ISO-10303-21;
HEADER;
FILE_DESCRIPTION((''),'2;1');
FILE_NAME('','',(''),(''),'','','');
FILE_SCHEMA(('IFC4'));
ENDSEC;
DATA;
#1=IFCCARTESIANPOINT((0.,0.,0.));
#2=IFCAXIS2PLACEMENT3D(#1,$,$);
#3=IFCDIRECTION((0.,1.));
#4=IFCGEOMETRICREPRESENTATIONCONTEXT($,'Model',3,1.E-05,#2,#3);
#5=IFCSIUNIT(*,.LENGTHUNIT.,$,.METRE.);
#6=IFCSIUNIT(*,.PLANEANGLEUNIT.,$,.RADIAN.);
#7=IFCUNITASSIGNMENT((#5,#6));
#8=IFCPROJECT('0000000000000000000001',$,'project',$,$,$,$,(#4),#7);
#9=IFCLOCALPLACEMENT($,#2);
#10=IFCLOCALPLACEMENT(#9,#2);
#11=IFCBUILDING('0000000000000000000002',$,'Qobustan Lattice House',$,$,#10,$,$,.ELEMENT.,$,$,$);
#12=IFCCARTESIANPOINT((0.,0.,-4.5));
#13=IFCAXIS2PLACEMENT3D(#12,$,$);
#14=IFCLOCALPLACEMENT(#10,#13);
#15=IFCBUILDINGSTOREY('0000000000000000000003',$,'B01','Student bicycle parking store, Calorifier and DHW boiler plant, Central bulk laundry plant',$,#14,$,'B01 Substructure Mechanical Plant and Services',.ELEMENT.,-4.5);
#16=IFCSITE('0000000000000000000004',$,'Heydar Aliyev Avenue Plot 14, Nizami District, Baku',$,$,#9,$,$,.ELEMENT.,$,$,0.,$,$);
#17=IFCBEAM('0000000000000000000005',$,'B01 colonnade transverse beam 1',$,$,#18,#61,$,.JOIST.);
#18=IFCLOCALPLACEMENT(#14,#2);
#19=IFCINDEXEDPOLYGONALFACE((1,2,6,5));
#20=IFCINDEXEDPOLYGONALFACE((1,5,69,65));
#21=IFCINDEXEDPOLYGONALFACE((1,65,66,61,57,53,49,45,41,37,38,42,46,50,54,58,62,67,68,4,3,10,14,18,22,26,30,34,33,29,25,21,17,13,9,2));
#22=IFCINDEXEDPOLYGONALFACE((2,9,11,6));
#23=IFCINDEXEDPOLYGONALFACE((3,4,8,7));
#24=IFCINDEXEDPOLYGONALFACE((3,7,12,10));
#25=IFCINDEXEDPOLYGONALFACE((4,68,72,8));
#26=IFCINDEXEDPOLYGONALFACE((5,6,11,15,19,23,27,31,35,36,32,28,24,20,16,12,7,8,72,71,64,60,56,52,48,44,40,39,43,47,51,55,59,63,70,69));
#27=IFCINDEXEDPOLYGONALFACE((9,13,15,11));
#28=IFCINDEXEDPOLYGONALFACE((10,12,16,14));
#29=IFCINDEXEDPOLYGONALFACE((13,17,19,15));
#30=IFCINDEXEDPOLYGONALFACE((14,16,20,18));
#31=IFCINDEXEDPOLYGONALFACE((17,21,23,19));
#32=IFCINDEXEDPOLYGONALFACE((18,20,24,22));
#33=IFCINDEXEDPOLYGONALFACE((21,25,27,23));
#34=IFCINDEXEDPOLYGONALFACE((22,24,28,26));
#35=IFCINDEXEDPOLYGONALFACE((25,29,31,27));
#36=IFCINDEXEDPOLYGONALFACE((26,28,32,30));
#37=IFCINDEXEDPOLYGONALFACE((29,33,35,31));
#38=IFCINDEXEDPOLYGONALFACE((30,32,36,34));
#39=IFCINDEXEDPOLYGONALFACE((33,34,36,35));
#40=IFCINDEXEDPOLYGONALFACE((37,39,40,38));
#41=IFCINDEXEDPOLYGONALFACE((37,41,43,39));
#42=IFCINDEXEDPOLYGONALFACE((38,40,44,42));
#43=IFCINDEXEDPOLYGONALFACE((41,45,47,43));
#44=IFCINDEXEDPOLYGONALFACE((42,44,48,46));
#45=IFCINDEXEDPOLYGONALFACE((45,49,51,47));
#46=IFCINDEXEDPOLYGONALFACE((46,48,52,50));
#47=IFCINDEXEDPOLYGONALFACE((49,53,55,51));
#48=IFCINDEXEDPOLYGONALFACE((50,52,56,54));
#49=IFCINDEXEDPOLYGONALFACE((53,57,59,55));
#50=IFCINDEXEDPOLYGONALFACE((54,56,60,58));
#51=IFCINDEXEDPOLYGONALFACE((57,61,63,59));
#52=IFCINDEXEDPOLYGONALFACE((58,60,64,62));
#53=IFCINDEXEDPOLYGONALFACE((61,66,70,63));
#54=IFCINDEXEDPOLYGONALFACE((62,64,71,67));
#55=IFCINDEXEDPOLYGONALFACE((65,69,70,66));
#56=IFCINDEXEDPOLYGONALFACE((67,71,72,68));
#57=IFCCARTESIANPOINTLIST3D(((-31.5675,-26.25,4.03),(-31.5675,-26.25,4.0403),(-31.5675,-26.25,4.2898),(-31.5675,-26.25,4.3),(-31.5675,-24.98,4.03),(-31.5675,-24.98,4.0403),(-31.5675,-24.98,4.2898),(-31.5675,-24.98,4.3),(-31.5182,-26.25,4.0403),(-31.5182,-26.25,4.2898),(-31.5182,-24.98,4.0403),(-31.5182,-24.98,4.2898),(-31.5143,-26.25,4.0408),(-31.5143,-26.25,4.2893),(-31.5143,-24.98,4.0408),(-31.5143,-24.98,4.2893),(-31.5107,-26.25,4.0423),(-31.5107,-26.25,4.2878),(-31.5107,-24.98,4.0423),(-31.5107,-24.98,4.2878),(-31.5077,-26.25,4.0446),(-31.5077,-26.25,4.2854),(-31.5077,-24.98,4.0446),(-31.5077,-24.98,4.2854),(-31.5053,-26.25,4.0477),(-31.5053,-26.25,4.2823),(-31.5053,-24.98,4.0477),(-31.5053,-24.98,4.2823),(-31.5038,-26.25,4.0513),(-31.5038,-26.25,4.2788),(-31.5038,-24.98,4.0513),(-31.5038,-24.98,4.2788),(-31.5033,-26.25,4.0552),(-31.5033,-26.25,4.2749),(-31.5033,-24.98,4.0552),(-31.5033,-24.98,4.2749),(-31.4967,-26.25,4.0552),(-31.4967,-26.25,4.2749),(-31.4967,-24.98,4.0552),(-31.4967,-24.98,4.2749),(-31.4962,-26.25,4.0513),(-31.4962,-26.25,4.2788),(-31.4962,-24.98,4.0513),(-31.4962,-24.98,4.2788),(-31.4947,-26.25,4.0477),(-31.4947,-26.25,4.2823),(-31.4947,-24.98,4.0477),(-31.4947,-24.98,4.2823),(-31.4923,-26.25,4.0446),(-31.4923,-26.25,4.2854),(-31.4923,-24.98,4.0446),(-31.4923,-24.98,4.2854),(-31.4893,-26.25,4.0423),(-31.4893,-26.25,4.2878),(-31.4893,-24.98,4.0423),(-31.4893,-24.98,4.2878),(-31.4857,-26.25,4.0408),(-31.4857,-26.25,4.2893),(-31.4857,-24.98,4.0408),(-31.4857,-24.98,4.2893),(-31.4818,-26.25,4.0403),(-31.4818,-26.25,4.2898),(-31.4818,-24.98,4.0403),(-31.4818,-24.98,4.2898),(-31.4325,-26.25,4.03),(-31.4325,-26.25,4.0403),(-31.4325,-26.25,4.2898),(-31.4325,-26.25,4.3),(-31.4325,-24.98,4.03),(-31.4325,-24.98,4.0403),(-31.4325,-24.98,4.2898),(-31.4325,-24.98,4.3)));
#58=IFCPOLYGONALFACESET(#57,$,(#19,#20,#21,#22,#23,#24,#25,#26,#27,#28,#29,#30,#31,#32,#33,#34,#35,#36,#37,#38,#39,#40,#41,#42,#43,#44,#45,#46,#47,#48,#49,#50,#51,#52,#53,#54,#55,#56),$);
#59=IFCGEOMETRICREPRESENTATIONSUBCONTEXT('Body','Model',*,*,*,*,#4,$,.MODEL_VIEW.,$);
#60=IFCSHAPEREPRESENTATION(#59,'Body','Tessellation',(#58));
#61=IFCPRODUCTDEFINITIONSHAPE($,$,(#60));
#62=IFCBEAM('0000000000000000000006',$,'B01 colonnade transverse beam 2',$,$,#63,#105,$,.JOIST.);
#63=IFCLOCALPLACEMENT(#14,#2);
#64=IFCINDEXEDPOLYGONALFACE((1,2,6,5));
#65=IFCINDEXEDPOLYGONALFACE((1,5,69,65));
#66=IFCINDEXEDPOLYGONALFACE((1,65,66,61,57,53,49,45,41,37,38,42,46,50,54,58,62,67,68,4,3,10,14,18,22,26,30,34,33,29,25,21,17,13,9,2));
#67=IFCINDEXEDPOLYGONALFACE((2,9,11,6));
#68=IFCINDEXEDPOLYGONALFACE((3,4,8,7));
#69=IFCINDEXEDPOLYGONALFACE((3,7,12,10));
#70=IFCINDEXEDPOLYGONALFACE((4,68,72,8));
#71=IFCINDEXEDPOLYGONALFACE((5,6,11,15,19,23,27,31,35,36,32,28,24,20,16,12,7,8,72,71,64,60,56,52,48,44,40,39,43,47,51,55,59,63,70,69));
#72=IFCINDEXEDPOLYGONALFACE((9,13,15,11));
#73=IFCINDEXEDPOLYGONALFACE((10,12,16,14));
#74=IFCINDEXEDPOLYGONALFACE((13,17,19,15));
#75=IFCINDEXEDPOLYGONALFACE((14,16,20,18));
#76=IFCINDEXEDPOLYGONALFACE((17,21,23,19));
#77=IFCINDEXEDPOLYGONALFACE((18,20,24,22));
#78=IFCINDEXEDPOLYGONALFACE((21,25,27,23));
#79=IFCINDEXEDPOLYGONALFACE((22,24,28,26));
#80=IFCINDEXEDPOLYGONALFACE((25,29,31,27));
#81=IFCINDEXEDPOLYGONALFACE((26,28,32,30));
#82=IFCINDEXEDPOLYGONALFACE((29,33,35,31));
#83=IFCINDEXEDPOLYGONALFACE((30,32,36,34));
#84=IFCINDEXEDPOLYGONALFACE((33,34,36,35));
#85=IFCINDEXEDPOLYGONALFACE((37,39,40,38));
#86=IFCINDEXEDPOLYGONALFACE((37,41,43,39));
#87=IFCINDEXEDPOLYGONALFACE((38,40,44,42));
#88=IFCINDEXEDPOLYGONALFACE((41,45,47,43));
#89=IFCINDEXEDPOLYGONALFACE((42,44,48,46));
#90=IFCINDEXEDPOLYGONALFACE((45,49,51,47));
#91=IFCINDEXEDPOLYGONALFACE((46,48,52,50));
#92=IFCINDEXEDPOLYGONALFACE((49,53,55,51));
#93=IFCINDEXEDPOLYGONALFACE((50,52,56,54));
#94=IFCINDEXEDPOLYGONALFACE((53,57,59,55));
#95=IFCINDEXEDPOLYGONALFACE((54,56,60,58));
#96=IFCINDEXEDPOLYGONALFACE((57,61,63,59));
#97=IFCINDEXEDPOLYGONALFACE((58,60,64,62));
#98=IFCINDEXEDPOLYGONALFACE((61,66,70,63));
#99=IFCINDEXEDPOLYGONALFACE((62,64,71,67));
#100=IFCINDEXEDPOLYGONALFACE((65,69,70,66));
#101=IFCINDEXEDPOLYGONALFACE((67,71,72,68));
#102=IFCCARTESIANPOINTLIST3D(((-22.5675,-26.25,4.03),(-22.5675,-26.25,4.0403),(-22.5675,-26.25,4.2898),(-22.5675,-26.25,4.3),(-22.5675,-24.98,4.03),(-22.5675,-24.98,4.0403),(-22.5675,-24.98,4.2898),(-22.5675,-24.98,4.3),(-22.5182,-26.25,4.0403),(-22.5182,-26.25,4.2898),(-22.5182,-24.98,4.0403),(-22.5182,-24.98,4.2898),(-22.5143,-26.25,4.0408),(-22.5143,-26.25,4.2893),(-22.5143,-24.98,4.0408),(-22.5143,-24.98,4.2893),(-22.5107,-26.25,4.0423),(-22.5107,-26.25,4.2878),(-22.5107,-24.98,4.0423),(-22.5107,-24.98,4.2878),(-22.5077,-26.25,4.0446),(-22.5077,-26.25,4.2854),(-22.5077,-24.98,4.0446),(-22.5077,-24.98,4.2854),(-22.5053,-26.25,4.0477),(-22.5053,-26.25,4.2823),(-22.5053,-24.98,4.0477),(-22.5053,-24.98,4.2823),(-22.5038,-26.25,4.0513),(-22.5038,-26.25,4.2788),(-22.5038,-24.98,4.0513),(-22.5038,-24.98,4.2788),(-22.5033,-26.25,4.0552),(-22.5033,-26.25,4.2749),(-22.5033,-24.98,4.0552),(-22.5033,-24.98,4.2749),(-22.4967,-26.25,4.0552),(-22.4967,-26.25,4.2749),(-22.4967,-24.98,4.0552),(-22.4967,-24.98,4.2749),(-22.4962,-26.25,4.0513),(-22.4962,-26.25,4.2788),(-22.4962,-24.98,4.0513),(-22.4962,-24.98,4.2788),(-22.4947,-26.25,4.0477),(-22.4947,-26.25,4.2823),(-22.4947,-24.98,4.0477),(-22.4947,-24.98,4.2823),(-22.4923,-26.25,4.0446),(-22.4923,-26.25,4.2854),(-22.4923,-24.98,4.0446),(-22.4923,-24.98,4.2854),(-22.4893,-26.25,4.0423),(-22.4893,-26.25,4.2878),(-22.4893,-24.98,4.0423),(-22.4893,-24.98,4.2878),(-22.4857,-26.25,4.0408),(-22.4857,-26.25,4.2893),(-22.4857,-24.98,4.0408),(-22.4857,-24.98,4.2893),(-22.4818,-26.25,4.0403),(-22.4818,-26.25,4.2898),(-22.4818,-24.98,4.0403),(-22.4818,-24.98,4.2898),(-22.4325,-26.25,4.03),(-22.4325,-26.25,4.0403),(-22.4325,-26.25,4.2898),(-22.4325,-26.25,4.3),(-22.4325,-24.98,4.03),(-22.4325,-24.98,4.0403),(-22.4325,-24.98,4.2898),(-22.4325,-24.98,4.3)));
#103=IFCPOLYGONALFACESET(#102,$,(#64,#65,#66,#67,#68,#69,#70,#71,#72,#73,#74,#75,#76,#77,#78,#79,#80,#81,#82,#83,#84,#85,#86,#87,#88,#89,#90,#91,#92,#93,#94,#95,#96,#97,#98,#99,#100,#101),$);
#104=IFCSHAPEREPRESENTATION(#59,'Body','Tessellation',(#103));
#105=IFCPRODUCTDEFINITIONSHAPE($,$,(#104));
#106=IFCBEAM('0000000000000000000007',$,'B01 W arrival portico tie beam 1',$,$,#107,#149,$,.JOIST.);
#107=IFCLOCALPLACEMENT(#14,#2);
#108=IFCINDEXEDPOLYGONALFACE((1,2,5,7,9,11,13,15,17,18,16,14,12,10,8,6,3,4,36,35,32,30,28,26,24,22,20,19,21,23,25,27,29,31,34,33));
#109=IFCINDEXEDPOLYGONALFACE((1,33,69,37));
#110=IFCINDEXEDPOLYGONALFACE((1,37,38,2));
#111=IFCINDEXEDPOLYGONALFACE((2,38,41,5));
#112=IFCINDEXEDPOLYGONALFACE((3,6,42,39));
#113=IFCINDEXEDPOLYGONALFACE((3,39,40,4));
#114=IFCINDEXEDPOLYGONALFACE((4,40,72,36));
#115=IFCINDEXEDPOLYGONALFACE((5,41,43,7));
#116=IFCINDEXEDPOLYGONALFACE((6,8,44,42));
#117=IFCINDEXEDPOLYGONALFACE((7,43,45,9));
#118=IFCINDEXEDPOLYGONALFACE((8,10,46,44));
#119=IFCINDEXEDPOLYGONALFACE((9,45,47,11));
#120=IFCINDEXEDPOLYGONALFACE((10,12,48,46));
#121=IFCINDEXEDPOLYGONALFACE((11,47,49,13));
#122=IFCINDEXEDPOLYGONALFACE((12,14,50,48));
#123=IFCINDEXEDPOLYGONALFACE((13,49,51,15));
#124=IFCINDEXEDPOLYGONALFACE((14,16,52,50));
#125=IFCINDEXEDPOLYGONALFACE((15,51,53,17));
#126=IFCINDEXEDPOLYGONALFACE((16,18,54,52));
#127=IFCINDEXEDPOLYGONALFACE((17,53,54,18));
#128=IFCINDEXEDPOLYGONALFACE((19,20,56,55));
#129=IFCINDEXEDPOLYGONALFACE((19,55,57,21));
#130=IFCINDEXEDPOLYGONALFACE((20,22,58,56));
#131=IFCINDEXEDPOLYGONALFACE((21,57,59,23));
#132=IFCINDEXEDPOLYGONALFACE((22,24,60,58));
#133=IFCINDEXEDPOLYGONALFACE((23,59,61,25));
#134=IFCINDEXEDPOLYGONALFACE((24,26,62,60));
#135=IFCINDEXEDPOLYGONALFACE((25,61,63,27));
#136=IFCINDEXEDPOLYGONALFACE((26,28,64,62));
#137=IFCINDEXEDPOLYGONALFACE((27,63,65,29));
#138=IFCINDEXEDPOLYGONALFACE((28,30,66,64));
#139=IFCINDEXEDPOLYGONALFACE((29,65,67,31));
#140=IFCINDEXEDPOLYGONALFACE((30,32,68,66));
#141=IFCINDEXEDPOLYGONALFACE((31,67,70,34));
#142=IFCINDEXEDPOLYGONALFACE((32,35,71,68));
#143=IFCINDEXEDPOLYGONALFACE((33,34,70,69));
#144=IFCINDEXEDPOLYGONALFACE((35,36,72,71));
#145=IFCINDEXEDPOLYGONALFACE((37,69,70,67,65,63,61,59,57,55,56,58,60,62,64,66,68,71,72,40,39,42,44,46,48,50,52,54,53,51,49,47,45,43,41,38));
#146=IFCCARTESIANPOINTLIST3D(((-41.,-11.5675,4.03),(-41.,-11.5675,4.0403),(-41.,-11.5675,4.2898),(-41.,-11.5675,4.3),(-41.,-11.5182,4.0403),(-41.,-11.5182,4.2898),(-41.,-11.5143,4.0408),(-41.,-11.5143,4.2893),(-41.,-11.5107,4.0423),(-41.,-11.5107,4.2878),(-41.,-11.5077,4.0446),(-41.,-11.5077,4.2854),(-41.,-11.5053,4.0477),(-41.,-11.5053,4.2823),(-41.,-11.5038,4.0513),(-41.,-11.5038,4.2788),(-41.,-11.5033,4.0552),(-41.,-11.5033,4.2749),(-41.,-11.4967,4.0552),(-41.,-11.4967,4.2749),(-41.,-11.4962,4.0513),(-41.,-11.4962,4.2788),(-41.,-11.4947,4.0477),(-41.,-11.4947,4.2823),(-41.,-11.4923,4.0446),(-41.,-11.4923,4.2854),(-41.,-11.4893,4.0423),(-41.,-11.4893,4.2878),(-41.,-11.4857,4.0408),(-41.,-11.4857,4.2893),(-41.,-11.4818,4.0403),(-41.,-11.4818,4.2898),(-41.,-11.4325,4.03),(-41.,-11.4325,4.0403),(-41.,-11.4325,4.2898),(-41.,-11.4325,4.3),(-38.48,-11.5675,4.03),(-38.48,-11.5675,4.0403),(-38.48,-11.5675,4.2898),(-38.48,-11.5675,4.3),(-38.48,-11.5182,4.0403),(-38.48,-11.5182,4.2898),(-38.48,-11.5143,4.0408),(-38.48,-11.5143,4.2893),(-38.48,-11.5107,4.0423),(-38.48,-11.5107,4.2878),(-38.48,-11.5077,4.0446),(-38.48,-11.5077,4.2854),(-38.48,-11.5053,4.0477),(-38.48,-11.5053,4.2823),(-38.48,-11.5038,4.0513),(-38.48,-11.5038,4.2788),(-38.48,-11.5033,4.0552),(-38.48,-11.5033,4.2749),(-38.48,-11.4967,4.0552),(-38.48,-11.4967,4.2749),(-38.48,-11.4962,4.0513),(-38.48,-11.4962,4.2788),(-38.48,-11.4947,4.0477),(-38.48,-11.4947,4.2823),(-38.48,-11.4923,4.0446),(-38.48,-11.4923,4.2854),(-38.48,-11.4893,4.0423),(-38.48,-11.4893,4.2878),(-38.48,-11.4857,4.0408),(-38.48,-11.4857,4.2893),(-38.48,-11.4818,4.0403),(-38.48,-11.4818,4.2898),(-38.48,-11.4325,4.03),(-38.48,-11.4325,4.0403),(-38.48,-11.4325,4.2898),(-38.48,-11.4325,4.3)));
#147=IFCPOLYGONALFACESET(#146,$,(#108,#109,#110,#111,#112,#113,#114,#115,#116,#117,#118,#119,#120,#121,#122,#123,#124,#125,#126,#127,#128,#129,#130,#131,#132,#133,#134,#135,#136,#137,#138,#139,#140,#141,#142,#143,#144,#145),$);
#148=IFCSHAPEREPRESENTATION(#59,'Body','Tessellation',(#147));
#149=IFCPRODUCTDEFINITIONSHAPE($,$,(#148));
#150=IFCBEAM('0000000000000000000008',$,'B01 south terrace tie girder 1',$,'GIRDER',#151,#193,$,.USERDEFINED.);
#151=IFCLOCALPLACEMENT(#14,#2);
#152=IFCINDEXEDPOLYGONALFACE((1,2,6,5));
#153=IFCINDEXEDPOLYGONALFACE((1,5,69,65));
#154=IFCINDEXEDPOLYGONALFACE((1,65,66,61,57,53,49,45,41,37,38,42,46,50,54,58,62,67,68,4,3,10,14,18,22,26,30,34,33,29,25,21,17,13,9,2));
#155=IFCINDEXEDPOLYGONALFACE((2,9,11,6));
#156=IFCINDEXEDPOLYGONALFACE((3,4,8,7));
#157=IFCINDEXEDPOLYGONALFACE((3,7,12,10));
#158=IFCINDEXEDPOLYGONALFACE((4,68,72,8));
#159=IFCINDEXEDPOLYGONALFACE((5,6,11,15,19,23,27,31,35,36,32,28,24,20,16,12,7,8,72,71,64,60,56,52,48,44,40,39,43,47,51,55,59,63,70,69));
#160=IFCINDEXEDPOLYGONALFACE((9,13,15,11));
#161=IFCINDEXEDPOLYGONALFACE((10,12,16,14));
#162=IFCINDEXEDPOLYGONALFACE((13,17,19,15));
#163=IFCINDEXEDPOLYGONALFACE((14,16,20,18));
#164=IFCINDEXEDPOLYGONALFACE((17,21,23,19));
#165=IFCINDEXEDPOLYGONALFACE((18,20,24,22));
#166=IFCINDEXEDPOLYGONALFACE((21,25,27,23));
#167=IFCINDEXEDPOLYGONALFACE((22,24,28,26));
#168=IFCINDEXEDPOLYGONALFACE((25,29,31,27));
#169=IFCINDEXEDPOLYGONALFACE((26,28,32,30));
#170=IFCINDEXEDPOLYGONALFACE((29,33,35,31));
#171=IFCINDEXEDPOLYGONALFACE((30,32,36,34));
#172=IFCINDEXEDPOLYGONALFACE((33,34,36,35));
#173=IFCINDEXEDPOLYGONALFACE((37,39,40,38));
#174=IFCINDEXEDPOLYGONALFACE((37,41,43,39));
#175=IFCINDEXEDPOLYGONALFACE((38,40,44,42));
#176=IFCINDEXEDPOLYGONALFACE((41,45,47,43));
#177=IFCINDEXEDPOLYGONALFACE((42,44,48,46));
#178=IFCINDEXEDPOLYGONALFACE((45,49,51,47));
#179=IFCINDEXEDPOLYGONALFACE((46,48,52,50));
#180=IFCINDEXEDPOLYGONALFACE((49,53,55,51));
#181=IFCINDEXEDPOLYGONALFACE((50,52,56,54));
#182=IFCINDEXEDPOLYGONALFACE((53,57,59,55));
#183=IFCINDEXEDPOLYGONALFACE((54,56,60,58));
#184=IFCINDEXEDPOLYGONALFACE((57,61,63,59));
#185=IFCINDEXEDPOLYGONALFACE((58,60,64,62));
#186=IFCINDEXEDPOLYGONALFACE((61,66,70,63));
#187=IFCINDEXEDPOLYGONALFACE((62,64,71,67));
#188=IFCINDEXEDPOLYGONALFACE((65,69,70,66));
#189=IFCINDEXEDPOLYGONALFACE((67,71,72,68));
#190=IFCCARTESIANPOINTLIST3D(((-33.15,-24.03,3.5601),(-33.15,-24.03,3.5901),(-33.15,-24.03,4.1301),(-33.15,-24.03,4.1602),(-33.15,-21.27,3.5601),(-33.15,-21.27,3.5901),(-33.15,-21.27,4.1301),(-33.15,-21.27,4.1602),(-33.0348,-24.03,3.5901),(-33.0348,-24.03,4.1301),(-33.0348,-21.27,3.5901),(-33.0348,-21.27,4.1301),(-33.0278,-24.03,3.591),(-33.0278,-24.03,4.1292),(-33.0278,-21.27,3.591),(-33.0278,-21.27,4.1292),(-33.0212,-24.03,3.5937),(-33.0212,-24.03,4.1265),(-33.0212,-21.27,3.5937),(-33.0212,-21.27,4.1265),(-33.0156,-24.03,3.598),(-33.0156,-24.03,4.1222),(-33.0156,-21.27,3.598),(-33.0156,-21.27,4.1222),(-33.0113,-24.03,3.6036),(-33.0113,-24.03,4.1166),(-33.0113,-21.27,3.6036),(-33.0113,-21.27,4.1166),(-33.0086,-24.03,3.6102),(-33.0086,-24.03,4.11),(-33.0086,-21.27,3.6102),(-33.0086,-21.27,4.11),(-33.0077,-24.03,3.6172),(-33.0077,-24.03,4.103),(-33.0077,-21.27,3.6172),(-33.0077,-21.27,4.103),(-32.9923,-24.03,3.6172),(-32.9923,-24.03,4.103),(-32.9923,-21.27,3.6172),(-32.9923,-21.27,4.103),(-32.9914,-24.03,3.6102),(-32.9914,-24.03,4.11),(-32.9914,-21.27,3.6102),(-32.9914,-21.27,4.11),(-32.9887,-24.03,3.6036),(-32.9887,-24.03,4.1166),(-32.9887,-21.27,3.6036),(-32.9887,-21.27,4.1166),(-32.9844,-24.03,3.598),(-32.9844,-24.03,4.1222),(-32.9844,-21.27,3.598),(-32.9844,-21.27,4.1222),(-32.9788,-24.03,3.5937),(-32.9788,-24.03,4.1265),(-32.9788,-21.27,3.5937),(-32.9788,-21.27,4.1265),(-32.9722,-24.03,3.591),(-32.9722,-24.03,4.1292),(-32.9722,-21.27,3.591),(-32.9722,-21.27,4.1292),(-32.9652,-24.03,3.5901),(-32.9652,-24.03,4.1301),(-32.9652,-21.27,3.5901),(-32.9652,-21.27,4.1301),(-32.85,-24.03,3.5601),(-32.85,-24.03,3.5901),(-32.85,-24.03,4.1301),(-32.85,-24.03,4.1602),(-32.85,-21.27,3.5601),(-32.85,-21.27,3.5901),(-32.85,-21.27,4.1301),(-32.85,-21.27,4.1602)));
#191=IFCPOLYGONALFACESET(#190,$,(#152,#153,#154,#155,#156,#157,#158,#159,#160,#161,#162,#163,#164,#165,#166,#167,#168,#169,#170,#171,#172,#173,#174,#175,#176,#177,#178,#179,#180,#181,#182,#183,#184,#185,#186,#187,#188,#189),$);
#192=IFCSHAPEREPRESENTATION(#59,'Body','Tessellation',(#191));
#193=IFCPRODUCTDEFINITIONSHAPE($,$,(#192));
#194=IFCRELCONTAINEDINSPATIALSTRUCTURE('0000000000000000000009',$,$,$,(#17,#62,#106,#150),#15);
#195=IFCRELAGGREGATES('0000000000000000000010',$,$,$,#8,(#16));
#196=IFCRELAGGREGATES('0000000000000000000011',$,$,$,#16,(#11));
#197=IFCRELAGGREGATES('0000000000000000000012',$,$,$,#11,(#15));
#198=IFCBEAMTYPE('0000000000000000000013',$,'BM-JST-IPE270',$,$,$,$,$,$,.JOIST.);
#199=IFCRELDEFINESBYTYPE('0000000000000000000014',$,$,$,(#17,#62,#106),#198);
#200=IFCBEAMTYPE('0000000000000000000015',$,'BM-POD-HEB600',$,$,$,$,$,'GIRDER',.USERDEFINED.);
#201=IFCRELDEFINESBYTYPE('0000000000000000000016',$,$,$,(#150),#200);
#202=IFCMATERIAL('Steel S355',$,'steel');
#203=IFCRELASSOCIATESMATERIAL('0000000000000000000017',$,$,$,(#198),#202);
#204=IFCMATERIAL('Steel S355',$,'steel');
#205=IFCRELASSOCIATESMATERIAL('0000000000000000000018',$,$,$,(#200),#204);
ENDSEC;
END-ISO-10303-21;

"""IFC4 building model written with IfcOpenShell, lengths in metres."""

from ifc_helpers import new_model, si_unit, direction, frame, origin, origin_2d, place, context, subcontext, project, spatial, i_section, extrude, material, material_profile, profile_set, type_object, element, save


model = new_model("IFC4")

# Units and contexts
model_context = context("Model", 3, precision=1e-05, world=origin(), true_north=direction((0.0, 1.0)))
body_context = subcontext(model_context, "Body", "Model", "MODEL_VIEW")
ifc_project = project(units=[si_unit("LENGTHUNIT", "METRE"), si_unit("PLANEANGLEUNIT", "RADIAN")], contexts=[model_context])

# Site, building, storey
site_placement = place(None, origin())
site = spatial("IfcSite", under=ifc_project, at=site_placement, Name="Heydar Aliyev Avenue Plot 14, Nizami District, Baku", CompositionType="ELEMENT", RefElevation=0.0)
building_placement = place(site_placement, origin())
building = spatial("IfcBuilding", under=site, at=building_placement, Name="Qobustan Lattice House", CompositionType="ELEMENT")
storey_placement = place(building_placement, frame((0.0, 0.0, -4.5)))
storey = spatial("IfcBuildingStorey", under=building, at=storey_placement, Name="B01", Description="Student bicycle parking store, Calorifier and DHW boiler plant, Central bulk laundry plant", LongName="B01 Substructure Mechanical Plant and Services", CompositionType="ELEMENT", Elevation=-4.5)

# Beams
ifc_material_1 = material(Name="Steel S355", Category="steel")
ifc_material_profile_1 = material_profile(ifc_material_1, i_section(OverallWidth=0.135, OverallDepth=0.27, WebThickness=0.0066, FlangeThickness=0.0103, FilletRadius=0.0149, at=origin_2d()), Name="IPE270")
ifc_profile_set_1 = profile_set([ifc_material_profile_1], Name="Steel S355")
beam_type_1 = type_object("IfcBeamType", Name="BM-JST-IPE270", PredefinedType="JOIST", material=ifc_profile_set_1)
for number, where, z_axis, x_axis, name in (
    (1, (-31.5, -26.25, 4.165), (0.0, 1.0, 0.0), (-1.0, 0.0, 0.0), "B01 colonnade transverse beam 1"),
    (2, (-22.5, -26.25, 4.165), (0.0, 1.0, 0.0), (-1.0, 0.0, 0.0), "B01 colonnade transverse beam 2"),
):
    element("IfcBeam", number, at=place(storey_placement, frame(where, z_axis=z_axis, x_axis=x_axis)), inside=storey, type_object=beam_type_1, Name=name, PredefinedType="JOIST", context=body_context, shape_type="SweptSolid", body=[
        extrude(i_section(OverallWidth=0.135, OverallDepth=0.27, WebThickness=0.0066, FlangeThickness=0.0103, FilletRadius=0.0149, at=origin_2d()), origin(), (0.0, 0.0, 1.0), 1.27),
    ])
beam_1_placement = place(storey_placement, frame((-41.0, -11.5, 4.165), z_axis=(1.0, 0.0, 0.0), x_axis=(0.0, 1.0, 0.0)))
element("IfcBeam", 3, at=beam_1_placement, inside=storey, type_object=beam_type_1, Name="B01 W arrival portico tie beam 1", PredefinedType="JOIST", context=body_context, shape_type="SweptSolid", body=[
    extrude(i_section(OverallWidth=0.135, OverallDepth=0.27, WebThickness=0.0066, FlangeThickness=0.0103, FilletRadius=0.0149, at=origin_2d()), origin(), (0.0, 0.0, 1.0), 2.52),
])
ifc_material_2 = material(Name="Steel S355", Category="steel")
ifc_material_profile_2 = material_profile(ifc_material_2, i_section(OverallWidth=0.3, OverallDepth=0.6001, WebThickness=0.0154, FlangeThickness=0.03, FilletRadius=0.0271, at=origin_2d()), Name="HEB600")
ifc_profile_set_2 = profile_set([ifc_material_profile_2], Name="Steel S355")
beam_type_2 = type_object("IfcBeamType", Name="BM-POD-HEB600", ElementType="GIRDER", PredefinedType="USERDEFINED", material=ifc_profile_set_2)
for number, where, z_axis, x_axis, name in (
    (4, (-33.0, -24.03, 3.8601), (0.0, 1.0, 0.0), (-1.0, 0.0, 0.0), "B01 south terrace tie girder 1"),
):
    element("IfcBeam", number, at=place(storey_placement, frame(where, z_axis=z_axis, x_axis=x_axis)), inside=storey, type_object=beam_type_2, Name=name, ObjectType="GIRDER", PredefinedType="USERDEFINED", context=body_context, shape_type="SweptSolid", body=[
        extrude(i_section(OverallWidth=0.3, OverallDepth=0.6001, WebThickness=0.0154, FlangeThickness=0.03, FilletRadius=0.0271, at=origin_2d()), origin(), (0.0, 0.0, 1.0), 2.76),
    ])

save(model, "model.ifc")
